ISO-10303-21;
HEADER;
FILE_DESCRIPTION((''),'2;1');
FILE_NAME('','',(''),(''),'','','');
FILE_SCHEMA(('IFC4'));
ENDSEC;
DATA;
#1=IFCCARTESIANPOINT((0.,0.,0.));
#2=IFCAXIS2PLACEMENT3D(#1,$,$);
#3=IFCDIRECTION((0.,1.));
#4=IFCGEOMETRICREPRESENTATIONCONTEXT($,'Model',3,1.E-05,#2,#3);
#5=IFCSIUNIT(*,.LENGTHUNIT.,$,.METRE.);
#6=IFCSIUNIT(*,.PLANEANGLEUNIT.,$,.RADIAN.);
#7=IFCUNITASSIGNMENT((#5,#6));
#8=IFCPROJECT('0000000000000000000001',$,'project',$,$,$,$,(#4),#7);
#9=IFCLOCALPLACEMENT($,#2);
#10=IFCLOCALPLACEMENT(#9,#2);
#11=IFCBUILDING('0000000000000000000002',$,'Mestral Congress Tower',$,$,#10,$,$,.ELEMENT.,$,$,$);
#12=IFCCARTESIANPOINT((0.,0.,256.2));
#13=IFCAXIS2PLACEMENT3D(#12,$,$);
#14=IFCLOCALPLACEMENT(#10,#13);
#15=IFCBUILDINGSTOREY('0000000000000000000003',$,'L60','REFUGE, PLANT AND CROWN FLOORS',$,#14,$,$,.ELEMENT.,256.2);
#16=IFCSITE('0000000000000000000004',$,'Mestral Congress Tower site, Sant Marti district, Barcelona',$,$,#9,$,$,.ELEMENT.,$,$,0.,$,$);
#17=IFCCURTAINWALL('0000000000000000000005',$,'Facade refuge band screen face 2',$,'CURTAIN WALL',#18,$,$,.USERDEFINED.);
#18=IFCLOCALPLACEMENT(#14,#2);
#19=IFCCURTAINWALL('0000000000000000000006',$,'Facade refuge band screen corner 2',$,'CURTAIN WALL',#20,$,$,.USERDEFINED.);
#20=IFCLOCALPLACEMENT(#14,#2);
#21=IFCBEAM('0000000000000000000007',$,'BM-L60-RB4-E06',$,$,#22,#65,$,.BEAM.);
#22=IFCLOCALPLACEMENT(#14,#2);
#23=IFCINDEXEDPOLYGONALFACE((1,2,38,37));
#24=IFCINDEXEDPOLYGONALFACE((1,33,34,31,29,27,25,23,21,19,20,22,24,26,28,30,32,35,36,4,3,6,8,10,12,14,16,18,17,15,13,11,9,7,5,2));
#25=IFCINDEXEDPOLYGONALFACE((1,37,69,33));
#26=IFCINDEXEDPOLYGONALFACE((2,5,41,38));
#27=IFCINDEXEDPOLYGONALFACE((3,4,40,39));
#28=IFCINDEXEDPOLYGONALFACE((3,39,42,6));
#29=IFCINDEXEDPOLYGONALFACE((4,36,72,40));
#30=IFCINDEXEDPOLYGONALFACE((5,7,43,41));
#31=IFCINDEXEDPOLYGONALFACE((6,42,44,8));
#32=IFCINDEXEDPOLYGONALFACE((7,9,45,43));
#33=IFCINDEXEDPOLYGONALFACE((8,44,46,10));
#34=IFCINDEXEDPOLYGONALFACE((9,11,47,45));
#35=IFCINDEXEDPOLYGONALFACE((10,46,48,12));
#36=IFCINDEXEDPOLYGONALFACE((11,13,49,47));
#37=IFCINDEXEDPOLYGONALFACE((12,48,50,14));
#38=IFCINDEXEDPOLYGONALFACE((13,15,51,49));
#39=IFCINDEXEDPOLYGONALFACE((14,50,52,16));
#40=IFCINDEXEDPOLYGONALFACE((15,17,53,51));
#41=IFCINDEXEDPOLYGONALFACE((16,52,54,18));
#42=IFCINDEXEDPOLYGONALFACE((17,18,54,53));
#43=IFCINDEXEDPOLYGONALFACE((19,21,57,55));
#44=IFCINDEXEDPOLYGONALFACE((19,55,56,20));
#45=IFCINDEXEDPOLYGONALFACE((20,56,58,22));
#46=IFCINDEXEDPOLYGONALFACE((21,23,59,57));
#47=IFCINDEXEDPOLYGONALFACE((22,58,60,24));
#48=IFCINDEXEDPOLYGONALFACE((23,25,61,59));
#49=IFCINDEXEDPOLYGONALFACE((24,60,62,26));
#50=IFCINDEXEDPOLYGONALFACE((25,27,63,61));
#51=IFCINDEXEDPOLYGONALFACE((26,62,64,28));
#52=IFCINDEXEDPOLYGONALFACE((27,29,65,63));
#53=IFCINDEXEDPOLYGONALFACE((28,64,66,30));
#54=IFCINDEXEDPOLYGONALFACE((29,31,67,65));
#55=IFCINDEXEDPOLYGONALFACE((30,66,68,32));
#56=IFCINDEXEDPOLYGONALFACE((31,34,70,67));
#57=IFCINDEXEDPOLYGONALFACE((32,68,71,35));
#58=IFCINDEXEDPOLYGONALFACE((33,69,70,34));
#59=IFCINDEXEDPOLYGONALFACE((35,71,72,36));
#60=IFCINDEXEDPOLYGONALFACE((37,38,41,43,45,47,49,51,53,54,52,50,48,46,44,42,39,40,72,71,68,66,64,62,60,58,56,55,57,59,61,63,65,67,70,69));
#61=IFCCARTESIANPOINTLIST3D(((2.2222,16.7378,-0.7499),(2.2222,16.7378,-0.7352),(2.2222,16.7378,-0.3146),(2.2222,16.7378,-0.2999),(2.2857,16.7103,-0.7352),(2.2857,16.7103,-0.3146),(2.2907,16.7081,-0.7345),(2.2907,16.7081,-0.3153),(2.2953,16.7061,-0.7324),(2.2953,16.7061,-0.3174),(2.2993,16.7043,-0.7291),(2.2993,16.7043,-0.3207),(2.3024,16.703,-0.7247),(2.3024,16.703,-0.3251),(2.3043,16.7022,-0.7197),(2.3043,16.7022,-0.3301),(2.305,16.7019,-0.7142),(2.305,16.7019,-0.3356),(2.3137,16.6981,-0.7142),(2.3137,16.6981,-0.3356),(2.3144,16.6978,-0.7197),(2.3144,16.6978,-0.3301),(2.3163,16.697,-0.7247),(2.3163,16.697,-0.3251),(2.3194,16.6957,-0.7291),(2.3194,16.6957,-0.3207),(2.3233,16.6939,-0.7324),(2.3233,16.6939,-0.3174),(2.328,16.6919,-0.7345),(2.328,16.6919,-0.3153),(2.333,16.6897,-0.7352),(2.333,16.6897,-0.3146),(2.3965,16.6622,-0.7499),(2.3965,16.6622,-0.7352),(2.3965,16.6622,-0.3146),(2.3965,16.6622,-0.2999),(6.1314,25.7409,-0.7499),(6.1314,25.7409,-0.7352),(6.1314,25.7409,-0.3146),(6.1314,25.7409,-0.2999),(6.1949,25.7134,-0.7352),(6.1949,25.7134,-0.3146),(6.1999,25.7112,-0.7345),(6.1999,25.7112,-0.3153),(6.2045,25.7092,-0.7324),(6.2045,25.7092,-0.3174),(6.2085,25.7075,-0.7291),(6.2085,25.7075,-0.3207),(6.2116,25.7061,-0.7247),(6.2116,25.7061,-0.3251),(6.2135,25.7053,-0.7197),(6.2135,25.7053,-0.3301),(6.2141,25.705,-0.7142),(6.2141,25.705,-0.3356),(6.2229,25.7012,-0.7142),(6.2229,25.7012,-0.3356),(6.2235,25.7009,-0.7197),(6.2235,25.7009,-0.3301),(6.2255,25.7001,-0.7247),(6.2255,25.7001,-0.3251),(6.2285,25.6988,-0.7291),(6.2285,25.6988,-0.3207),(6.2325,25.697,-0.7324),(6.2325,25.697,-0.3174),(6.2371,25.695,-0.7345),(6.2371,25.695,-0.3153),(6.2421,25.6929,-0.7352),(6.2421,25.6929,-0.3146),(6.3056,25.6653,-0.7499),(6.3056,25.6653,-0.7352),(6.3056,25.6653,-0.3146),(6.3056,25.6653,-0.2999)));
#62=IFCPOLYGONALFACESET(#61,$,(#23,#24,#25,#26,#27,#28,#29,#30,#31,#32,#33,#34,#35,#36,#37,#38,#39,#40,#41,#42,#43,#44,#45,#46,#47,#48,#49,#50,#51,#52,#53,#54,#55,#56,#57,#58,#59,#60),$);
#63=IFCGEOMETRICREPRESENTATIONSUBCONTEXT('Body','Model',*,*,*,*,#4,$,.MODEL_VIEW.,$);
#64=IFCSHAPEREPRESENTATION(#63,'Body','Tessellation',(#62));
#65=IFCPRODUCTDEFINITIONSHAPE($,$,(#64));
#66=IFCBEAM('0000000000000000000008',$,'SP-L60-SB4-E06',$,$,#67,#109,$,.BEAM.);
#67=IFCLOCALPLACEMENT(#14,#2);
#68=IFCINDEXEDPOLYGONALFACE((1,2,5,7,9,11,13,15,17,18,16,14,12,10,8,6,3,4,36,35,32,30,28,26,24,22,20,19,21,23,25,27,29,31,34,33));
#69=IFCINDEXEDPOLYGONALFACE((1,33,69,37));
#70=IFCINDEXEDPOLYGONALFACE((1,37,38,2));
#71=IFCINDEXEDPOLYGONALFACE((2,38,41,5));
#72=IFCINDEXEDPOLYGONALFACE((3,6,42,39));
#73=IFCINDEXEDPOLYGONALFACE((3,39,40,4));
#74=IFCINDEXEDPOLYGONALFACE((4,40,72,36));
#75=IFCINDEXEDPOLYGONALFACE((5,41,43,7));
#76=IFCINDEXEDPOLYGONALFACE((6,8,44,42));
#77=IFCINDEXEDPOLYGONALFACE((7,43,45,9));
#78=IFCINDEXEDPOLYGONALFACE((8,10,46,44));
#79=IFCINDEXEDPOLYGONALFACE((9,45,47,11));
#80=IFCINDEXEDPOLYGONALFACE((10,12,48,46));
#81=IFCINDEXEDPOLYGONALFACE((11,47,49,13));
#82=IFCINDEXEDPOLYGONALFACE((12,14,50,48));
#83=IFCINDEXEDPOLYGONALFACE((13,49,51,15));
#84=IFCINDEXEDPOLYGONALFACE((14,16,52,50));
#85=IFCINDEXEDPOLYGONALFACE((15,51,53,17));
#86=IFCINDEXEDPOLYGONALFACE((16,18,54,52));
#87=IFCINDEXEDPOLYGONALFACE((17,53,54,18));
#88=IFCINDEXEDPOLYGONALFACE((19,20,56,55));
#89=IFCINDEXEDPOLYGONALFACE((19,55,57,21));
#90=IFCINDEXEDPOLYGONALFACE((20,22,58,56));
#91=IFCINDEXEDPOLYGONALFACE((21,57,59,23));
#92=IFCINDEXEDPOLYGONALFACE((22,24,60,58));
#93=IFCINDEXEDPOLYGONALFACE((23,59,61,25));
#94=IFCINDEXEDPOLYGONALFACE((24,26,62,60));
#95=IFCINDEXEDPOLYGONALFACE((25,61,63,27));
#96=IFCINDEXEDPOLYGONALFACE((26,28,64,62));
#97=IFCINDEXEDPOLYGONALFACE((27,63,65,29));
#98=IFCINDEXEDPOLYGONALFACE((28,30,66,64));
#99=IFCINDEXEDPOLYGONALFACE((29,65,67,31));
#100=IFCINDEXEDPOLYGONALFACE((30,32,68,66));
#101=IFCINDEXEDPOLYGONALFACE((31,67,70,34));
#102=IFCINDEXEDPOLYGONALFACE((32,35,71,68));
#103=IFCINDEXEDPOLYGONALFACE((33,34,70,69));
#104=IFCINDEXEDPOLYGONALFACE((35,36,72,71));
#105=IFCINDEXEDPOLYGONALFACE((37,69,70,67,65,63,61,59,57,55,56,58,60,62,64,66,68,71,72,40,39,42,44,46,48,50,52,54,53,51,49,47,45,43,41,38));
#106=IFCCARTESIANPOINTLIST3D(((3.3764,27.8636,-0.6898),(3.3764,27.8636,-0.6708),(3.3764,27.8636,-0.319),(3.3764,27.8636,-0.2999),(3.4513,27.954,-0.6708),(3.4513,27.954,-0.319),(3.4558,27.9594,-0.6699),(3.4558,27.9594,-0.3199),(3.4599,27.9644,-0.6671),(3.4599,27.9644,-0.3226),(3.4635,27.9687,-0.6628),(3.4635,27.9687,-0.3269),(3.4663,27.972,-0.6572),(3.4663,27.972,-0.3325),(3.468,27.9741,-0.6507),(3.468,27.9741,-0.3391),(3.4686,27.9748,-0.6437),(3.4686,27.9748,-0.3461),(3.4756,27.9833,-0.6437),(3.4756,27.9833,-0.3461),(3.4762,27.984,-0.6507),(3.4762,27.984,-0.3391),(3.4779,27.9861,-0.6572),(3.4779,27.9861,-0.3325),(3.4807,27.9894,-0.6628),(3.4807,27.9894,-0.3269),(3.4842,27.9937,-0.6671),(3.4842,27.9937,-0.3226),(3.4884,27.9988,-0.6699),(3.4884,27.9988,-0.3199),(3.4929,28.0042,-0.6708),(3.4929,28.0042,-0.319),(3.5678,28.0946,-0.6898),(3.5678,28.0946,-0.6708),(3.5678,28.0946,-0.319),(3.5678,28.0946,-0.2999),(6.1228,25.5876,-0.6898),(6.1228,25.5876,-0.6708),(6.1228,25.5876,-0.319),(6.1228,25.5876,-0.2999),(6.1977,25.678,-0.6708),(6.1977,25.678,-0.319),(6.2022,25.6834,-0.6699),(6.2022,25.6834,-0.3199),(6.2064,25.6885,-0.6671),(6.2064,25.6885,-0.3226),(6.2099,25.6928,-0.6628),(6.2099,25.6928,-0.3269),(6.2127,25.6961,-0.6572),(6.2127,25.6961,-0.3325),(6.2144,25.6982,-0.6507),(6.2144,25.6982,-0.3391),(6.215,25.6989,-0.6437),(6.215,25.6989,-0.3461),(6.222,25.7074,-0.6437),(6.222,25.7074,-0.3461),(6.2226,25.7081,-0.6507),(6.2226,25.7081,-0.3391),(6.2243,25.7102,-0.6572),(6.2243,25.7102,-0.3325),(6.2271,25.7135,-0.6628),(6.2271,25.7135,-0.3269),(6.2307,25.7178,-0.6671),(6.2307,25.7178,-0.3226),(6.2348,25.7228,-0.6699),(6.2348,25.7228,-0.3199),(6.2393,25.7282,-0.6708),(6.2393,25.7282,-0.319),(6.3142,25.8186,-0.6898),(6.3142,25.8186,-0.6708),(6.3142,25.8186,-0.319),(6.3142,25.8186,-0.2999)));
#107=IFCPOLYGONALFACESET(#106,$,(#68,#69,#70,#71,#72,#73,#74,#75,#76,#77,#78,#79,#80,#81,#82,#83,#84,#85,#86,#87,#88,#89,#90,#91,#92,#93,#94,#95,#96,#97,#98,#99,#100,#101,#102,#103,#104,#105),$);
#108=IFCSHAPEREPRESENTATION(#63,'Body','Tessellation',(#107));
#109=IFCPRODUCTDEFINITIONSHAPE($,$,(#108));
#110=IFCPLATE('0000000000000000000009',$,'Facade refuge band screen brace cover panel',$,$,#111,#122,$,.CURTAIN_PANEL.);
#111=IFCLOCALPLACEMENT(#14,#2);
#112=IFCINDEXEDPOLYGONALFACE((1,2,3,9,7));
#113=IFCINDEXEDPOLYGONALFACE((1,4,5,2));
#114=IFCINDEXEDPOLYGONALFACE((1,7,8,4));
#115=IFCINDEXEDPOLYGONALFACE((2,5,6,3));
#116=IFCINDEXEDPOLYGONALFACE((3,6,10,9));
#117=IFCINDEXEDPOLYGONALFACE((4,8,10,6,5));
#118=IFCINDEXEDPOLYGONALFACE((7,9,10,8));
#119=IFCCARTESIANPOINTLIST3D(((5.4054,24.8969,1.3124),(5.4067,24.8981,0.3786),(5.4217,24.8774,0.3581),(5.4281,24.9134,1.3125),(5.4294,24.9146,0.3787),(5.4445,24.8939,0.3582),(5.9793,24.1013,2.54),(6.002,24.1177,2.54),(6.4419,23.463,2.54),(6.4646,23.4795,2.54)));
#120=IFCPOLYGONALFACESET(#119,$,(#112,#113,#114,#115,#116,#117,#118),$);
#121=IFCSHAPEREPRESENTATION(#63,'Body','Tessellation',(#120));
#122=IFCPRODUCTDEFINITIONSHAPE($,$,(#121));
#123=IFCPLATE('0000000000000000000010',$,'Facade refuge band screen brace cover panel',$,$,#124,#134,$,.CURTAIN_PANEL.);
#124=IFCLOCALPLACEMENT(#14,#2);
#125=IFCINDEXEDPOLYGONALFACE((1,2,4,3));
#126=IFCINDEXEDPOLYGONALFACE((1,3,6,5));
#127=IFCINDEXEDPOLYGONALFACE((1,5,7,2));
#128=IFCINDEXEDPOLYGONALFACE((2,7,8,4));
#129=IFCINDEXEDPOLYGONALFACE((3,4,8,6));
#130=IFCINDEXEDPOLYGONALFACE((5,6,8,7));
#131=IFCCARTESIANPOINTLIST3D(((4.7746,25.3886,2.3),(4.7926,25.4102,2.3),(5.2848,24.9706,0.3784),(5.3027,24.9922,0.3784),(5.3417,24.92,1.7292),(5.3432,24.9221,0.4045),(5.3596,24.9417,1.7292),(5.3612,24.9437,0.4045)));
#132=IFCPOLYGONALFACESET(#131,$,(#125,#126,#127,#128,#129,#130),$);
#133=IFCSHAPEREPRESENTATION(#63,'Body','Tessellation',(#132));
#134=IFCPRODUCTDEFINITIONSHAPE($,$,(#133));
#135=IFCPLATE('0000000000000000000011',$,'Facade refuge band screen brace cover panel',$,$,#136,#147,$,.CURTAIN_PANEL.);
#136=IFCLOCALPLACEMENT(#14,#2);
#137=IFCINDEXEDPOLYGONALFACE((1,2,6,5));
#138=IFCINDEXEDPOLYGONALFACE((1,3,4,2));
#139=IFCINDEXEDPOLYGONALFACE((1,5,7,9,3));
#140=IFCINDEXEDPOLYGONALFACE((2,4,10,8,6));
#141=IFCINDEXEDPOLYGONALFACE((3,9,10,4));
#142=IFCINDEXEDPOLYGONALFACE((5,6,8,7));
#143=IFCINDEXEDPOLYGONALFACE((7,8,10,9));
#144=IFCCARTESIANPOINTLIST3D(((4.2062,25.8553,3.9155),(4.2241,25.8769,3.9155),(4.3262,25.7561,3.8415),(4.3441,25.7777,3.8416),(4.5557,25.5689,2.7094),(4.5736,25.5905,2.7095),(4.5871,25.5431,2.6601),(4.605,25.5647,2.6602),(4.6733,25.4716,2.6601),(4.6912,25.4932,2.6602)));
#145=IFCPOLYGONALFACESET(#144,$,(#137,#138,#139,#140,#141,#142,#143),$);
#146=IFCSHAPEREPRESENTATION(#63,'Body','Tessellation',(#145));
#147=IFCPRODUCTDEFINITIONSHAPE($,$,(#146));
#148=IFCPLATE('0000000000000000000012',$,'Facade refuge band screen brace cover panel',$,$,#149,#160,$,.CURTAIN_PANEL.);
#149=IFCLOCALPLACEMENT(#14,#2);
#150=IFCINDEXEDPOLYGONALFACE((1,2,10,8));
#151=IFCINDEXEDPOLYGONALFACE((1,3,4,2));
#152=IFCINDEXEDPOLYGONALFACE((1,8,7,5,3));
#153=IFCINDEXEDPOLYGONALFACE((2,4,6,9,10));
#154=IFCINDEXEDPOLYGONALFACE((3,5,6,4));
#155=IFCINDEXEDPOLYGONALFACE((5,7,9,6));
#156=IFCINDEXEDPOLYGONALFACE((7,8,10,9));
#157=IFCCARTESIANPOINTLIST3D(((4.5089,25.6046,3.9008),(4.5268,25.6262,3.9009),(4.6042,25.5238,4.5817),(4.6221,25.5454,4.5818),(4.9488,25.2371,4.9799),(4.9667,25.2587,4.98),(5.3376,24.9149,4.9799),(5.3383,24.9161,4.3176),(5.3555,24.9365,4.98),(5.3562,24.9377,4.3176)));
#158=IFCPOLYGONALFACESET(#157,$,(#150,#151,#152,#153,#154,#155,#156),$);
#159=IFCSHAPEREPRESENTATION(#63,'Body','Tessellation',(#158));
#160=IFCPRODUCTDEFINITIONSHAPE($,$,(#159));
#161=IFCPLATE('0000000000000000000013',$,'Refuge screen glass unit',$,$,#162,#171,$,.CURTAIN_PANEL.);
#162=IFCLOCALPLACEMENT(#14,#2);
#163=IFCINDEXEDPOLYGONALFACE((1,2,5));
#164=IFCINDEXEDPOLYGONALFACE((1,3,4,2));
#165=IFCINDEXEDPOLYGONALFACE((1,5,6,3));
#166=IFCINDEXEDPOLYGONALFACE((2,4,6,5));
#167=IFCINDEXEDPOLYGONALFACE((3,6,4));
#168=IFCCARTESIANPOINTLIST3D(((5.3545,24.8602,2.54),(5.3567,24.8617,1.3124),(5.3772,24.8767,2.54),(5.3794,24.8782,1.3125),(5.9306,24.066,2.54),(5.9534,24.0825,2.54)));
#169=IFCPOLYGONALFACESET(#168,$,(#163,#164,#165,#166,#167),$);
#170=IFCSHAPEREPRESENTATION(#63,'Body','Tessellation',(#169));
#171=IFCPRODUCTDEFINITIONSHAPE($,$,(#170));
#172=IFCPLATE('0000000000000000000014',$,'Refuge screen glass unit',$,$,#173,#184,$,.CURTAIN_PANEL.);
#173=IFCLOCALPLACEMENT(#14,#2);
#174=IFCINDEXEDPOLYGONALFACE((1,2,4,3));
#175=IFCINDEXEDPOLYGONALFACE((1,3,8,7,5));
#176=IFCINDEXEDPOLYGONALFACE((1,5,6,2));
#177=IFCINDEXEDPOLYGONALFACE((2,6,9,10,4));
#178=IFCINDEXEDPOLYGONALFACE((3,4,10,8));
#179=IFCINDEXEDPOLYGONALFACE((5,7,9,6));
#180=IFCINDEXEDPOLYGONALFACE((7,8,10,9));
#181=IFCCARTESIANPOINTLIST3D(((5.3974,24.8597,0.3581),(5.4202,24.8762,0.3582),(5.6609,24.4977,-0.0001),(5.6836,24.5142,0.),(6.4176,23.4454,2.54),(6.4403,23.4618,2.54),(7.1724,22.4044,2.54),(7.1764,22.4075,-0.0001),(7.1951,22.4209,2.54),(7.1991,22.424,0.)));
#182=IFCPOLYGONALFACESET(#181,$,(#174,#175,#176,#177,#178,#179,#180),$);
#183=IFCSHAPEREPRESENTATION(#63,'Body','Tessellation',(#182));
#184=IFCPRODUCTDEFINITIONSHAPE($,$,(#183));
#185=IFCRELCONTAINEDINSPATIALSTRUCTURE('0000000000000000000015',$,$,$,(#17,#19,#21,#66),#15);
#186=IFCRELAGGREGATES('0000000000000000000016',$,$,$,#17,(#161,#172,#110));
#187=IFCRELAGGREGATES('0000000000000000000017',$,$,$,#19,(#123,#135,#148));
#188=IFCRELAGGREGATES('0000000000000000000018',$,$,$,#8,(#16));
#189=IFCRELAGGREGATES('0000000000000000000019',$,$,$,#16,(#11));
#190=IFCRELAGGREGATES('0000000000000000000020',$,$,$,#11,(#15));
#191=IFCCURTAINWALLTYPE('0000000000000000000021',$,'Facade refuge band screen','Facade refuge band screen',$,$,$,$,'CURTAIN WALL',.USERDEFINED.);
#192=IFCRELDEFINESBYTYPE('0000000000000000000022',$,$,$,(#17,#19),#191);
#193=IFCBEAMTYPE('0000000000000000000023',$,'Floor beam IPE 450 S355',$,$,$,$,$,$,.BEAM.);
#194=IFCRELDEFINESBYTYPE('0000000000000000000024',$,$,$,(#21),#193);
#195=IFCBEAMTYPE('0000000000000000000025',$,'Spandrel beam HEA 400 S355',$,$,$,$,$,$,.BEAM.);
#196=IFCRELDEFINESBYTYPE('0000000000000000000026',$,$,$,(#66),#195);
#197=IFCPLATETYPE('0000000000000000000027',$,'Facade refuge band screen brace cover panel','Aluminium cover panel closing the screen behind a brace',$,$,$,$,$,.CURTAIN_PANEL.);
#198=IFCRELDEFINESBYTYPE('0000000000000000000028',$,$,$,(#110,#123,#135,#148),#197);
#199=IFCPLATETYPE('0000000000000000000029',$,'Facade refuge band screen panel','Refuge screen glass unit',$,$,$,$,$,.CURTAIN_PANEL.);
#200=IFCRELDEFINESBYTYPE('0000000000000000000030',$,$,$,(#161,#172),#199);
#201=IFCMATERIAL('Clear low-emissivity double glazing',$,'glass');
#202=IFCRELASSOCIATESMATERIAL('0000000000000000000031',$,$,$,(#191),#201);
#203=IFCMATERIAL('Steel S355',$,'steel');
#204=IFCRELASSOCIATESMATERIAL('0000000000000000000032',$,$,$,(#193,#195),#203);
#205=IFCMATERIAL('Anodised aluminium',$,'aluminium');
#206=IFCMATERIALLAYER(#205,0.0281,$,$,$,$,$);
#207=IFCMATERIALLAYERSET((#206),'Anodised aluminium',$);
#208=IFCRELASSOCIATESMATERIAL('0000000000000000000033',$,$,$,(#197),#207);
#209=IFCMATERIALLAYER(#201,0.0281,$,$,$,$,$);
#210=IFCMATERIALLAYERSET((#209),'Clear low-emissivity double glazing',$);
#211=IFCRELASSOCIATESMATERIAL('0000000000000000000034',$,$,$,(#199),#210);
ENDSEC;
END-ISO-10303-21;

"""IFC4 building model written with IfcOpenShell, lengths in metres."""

from ifc_helpers import new_model, si_unit, direction, frame, origin, origin_2d, place, context, subcontext, project, spatial, polyline, i_section, outline, extrude, material, layer, layer_set, material_profile, profile_set, type_object, element, aggregate, save


model = new_model("IFC4")

# Units and contexts
model_context = context("Model", 3, precision=1e-05, world=origin(), true_north=direction((0.0, 1.0)))
body_context = subcontext(model_context, "Body", "Model", "MODEL_VIEW")
ifc_project = project(units=[si_unit("LENGTHUNIT", "METRE"), si_unit("PLANEANGLEUNIT", "RADIAN")], contexts=[model_context])

# Site, building, storey
site_placement = place(None, origin())
site = spatial("IfcSite", under=ifc_project, at=site_placement, Name="Mestral Congress Tower site, Sant Marti district, Barcelona", CompositionType="ELEMENT", RefElevation=0.0)
building_placement = place(site_placement, origin())
building = spatial("IfcBuilding", under=site, at=building_placement, Name="Mestral Congress Tower", CompositionType="ELEMENT")
storey_placement = place(building_placement, frame((0.0, 0.0, 256.2)))
storey = spatial("IfcBuildingStorey", under=building, at=storey_placement, Name="L60", Description="REFUGE, PLANT AND CROWN FLOORS", CompositionType="ELEMENT", Elevation=256.2)

# Shared definitions
ifc_material_1 = material(Name="Steel S355", Category="steel")

# Curtain walls
ifc_material_2 = material(Name="Clear low-emissivity double glazing", Category="glass")
curtain_wall_type = type_object("IfcCurtainWallType", Name="Facade refuge band screen", Description="Facade refuge band screen", ElementType="CURTAIN WALL", PredefinedType="USERDEFINED", material=ifc_material_2)
placement = place(storey_placement, origin())
curtain_wall_1 = element("IfcCurtainWall", 1, at=placement, inside=storey, type_object=curtain_wall_type, Name="Facade refuge band screen face 2", ObjectType="CURTAIN WALL", PredefinedType="USERDEFINED")
ifc_material_3 = material(Name="Anodised aluminium", Category="aluminium")
curtain_wall_2 = element("IfcCurtainWall", 2, at=placement, inside=storey, type_object=curtain_wall_type, Name="Facade refuge band screen corner 2", ObjectType="CURTAIN WALL", PredefinedType="USERDEFINED")

# Beams
ifc_material_profile_1 = material_profile(ifc_material_1, i_section(OverallWidth=0.1899, OverallDepth=0.45, WebThickness=0.0095, FlangeThickness=0.0146, FilletRadius=0.021, at=origin_2d()), Name="IPE 450")
ifc_profile_set_1 = profile_set([ifc_material_profile_1], Name="Steel S355")
beam_type_1 = type_object("IfcBeamType", Name="Floor beam IPE 450 S355", PredefinedType="BEAM", material=ifc_profile_set_1)
beam_1_placement = place(storey_placement, frame((6.2185, 25.7031, -0.5249), z_axis=(-0.398277, -0.917265, 0.0), x_axis=(0.917265, -0.398277, 0.0)))
element("IfcBeam", 3, at=beam_1_placement, inside=storey, type_object=beam_type_1, Name="BM-L60-RB4-E06", PredefinedType="BEAM", context=body_context, shape_type="SweptSolid", body=[
    extrude(i_section(OverallWidth=0.1899, OverallDepth=0.45, WebThickness=0.0095, FlangeThickness=0.0146, FilletRadius=0.021, at=origin_2d()), origin(), (0.0, 0.0, 1.0), 9.8152),
])
ifc_material_profile_2 = material_profile(ifc_material_1, i_section(OverallWidth=0.3, OverallDepth=0.3899, WebThickness=0.011, FlangeThickness=0.019, FilletRadius=0.0271, at=origin_2d()), Name="HEA 400")
ifc_profile_set_2 = profile_set([ifc_material_profile_2], Name="Steel S355")
beam_type_2 = type_object("IfcBeamType", Name="Spandrel beam HEA 400 S355", PredefinedType="BEAM", material=ifc_profile_set_2)
beam_2_placement = place(storey_placement, frame((6.2185, 25.7031, -0.4949), z_axis=(-0.769974, 0.638075, 0.0), x_axis=(-0.638075, -0.769974, 0.0)))
element("IfcBeam", 4, at=beam_2_placement, inside=storey, type_object=beam_type_2, Name="SP-L60-SB4-E06", PredefinedType="BEAM", context=body_context, shape_type="SweptSolid", body=[
    extrude(i_section(OverallWidth=0.3, OverallDepth=0.3899, WebThickness=0.011, FlangeThickness=0.019, FilletRadius=0.0271, at=origin_2d()), origin(), (0.0, 0.0, 1.0), 3.5669),
])

# Plates
ifc_layer_1 = layer(ifc_material_3, 0.0281)
ifc_layer_set_1 = layer_set([ifc_layer_1], Name="Anodised aluminium")
plate_type_1 = type_object("IfcPlateType", Name="Facade refuge band screen brace cover panel", Description="Aluminium cover panel closing the screen behind a brace", PredefinedType="CURTAIN_PANEL", material=ifc_layer_set_1)
plate_1_placement = place(storey_placement, frame((5.4294, 24.9146, 0.3787), z_axis=(0.809665, 0.58689, 0.001867), x_axis=(0.458587, -0.630669, -0.626063)))
plate_1 = element("IfcPlate", 5, at=plate_1_placement, type_object=plate_type_1, Name="Facade refuge band screen brace cover panel", PredefinedType="CURTAIN_PANEL", context=body_context, shape_type="SweptSolid", body=[
    extrude(outline(polyline([(0.0, 0.0), (0.0328, 0.0), (0.0266, -2.7932), (-0.588, -2.2997), (-0.5845, -0.7283), (0.0, 0.0)])), origin(), (0.0, 0.0, -1.0), 0.0281),
])
plate_2_placement = place(storey_placement, frame((5.3027, 24.9922, 0.3784), z_axis=(0.638158, 0.769903, 0.00193), x_axis=(0.72762, -0.603926, 0.325336)))
plate_2 = element("IfcPlate", 6, at=plate_2_placement, type_object=plate_type_1, Name="Facade refuge band screen brace cover panel", PredefinedType="CURTAIN_PANEL", context=body_context, shape_type="SweptSolid", body=[
    extrude(outline(polyline([(0.0, 0.0), (0.0803, 0.0), (0.5114, -1.2526), (0.0015, -2.0317), (0.0, 0.0)])), origin(), (0.0, 0.0, -1.0), 0.0281),
])
plate_3_placement = place(storey_placement, frame((4.605, 25.5647, 2.6602), z_axis=(0.638075, 0.769971, 0.002088), x_axis=(0.769973, -0.638076, 0.000002)))
plate_3 = element("IfcPlate", 7, at=plate_3_placement, type_object=plate_type_1, Name="Facade refuge band screen brace cover panel", PredefinedType="CURTAIN_PANEL", context=body_context, shape_type="SweptSolid", body=[
    extrude(outline(polyline([(0.0, 0.0), (0.112, 0.0), (-0.3368, -1.1814), (-0.4925, -1.2554), (-0.0406, -0.0493), (0.0, 0.0)])), origin(), (0.0, 0.0, -1.0), 0.0281),
])
plate_4_placement = place(storey_placement, frame((5.3555, 24.9365, 4.98), z_axis=(0.638116, 0.769938, 0.002058), x_axis=(-0.769939, 0.638117, 0.0)))
plate_4 = element("IfcPlate", 8, at=plate_4_placement, type_object=plate_type_1, Name="Facade refuge band screen brace cover panel", PredefinedType="CURTAIN_PANEL", context=body_context, shape_type="SweptSolid", body=[
    extrude(outline(polyline([(0.0, 0.0), (0.5049, 0.0), (0.9532, -0.3982), (1.0781, -1.0791), (0.0002, -0.6624), (0.0, 0.0)])), origin(), (0.0, 0.0, -1.0), 0.0281),
])
ifc_layer_2 = layer(ifc_material_2, 0.0281)
ifc_layer_set_2 = layer_set([ifc_layer_2], Name="Clear low-emissivity double glazing")
plate_type_2 = type_object("IfcPlateType", Name="Facade refuge band screen panel", Description="Refuge screen glass unit", PredefinedType="CURTAIN_PANEL", material=ifc_layer_set_2)
plate_5_placement = place(storey_placement, frame((5.3772, 24.8767, 2.54), z_axis=(0.809422, 0.587223, 0.00215), x_axis=(0.00179, 0.001193, -0.999998)))
plate_5 = element("IfcPlate", 9, at=plate_5_placement, type_object=plate_type_2, Name="Refuge screen glass unit", PredefinedType="CURTAIN_PANEL", context=body_context, shape_type="SweptSolid", body=[
    extrude(outline(polyline([(0.0, 0.0), (1.2275, 0.0), (0.0001, -0.9812), (0.0, 0.0)])), origin(), (0.0, 0.0, -1.0), 0.0281),
])
plate_6_placement = place(storey_placement, frame((5.6836, 24.5142, 0.0), z_axis=(0.809578, 0.587009, 0.001999), x_axis=(0.587011, -0.809579, 0.0)))
plate_6 = element("IfcPlate", 10, at=plate_6_placement, type_object=plate_type_2, Name="Refuge screen glass unit", PredefinedType="CURTAIN_PANEL", context=body_context, shape_type="SweptSolid", body=[
    extrude(outline(polyline([(0.0, 0.0), (2.5818, 0.0), (2.5819, -2.54), (1.2961, -2.54), (-0.4478, -0.3582), (0.0, 0.0)])), origin(), (0.0, 0.0, -1.0), 0.0281),
])

aggregate(curtain_wall_1, [plate_5, plate_6, plate_1])
aggregate(curtain_wall_2, [plate_2, plate_3, plate_4])

save(model, "model.ifc")
